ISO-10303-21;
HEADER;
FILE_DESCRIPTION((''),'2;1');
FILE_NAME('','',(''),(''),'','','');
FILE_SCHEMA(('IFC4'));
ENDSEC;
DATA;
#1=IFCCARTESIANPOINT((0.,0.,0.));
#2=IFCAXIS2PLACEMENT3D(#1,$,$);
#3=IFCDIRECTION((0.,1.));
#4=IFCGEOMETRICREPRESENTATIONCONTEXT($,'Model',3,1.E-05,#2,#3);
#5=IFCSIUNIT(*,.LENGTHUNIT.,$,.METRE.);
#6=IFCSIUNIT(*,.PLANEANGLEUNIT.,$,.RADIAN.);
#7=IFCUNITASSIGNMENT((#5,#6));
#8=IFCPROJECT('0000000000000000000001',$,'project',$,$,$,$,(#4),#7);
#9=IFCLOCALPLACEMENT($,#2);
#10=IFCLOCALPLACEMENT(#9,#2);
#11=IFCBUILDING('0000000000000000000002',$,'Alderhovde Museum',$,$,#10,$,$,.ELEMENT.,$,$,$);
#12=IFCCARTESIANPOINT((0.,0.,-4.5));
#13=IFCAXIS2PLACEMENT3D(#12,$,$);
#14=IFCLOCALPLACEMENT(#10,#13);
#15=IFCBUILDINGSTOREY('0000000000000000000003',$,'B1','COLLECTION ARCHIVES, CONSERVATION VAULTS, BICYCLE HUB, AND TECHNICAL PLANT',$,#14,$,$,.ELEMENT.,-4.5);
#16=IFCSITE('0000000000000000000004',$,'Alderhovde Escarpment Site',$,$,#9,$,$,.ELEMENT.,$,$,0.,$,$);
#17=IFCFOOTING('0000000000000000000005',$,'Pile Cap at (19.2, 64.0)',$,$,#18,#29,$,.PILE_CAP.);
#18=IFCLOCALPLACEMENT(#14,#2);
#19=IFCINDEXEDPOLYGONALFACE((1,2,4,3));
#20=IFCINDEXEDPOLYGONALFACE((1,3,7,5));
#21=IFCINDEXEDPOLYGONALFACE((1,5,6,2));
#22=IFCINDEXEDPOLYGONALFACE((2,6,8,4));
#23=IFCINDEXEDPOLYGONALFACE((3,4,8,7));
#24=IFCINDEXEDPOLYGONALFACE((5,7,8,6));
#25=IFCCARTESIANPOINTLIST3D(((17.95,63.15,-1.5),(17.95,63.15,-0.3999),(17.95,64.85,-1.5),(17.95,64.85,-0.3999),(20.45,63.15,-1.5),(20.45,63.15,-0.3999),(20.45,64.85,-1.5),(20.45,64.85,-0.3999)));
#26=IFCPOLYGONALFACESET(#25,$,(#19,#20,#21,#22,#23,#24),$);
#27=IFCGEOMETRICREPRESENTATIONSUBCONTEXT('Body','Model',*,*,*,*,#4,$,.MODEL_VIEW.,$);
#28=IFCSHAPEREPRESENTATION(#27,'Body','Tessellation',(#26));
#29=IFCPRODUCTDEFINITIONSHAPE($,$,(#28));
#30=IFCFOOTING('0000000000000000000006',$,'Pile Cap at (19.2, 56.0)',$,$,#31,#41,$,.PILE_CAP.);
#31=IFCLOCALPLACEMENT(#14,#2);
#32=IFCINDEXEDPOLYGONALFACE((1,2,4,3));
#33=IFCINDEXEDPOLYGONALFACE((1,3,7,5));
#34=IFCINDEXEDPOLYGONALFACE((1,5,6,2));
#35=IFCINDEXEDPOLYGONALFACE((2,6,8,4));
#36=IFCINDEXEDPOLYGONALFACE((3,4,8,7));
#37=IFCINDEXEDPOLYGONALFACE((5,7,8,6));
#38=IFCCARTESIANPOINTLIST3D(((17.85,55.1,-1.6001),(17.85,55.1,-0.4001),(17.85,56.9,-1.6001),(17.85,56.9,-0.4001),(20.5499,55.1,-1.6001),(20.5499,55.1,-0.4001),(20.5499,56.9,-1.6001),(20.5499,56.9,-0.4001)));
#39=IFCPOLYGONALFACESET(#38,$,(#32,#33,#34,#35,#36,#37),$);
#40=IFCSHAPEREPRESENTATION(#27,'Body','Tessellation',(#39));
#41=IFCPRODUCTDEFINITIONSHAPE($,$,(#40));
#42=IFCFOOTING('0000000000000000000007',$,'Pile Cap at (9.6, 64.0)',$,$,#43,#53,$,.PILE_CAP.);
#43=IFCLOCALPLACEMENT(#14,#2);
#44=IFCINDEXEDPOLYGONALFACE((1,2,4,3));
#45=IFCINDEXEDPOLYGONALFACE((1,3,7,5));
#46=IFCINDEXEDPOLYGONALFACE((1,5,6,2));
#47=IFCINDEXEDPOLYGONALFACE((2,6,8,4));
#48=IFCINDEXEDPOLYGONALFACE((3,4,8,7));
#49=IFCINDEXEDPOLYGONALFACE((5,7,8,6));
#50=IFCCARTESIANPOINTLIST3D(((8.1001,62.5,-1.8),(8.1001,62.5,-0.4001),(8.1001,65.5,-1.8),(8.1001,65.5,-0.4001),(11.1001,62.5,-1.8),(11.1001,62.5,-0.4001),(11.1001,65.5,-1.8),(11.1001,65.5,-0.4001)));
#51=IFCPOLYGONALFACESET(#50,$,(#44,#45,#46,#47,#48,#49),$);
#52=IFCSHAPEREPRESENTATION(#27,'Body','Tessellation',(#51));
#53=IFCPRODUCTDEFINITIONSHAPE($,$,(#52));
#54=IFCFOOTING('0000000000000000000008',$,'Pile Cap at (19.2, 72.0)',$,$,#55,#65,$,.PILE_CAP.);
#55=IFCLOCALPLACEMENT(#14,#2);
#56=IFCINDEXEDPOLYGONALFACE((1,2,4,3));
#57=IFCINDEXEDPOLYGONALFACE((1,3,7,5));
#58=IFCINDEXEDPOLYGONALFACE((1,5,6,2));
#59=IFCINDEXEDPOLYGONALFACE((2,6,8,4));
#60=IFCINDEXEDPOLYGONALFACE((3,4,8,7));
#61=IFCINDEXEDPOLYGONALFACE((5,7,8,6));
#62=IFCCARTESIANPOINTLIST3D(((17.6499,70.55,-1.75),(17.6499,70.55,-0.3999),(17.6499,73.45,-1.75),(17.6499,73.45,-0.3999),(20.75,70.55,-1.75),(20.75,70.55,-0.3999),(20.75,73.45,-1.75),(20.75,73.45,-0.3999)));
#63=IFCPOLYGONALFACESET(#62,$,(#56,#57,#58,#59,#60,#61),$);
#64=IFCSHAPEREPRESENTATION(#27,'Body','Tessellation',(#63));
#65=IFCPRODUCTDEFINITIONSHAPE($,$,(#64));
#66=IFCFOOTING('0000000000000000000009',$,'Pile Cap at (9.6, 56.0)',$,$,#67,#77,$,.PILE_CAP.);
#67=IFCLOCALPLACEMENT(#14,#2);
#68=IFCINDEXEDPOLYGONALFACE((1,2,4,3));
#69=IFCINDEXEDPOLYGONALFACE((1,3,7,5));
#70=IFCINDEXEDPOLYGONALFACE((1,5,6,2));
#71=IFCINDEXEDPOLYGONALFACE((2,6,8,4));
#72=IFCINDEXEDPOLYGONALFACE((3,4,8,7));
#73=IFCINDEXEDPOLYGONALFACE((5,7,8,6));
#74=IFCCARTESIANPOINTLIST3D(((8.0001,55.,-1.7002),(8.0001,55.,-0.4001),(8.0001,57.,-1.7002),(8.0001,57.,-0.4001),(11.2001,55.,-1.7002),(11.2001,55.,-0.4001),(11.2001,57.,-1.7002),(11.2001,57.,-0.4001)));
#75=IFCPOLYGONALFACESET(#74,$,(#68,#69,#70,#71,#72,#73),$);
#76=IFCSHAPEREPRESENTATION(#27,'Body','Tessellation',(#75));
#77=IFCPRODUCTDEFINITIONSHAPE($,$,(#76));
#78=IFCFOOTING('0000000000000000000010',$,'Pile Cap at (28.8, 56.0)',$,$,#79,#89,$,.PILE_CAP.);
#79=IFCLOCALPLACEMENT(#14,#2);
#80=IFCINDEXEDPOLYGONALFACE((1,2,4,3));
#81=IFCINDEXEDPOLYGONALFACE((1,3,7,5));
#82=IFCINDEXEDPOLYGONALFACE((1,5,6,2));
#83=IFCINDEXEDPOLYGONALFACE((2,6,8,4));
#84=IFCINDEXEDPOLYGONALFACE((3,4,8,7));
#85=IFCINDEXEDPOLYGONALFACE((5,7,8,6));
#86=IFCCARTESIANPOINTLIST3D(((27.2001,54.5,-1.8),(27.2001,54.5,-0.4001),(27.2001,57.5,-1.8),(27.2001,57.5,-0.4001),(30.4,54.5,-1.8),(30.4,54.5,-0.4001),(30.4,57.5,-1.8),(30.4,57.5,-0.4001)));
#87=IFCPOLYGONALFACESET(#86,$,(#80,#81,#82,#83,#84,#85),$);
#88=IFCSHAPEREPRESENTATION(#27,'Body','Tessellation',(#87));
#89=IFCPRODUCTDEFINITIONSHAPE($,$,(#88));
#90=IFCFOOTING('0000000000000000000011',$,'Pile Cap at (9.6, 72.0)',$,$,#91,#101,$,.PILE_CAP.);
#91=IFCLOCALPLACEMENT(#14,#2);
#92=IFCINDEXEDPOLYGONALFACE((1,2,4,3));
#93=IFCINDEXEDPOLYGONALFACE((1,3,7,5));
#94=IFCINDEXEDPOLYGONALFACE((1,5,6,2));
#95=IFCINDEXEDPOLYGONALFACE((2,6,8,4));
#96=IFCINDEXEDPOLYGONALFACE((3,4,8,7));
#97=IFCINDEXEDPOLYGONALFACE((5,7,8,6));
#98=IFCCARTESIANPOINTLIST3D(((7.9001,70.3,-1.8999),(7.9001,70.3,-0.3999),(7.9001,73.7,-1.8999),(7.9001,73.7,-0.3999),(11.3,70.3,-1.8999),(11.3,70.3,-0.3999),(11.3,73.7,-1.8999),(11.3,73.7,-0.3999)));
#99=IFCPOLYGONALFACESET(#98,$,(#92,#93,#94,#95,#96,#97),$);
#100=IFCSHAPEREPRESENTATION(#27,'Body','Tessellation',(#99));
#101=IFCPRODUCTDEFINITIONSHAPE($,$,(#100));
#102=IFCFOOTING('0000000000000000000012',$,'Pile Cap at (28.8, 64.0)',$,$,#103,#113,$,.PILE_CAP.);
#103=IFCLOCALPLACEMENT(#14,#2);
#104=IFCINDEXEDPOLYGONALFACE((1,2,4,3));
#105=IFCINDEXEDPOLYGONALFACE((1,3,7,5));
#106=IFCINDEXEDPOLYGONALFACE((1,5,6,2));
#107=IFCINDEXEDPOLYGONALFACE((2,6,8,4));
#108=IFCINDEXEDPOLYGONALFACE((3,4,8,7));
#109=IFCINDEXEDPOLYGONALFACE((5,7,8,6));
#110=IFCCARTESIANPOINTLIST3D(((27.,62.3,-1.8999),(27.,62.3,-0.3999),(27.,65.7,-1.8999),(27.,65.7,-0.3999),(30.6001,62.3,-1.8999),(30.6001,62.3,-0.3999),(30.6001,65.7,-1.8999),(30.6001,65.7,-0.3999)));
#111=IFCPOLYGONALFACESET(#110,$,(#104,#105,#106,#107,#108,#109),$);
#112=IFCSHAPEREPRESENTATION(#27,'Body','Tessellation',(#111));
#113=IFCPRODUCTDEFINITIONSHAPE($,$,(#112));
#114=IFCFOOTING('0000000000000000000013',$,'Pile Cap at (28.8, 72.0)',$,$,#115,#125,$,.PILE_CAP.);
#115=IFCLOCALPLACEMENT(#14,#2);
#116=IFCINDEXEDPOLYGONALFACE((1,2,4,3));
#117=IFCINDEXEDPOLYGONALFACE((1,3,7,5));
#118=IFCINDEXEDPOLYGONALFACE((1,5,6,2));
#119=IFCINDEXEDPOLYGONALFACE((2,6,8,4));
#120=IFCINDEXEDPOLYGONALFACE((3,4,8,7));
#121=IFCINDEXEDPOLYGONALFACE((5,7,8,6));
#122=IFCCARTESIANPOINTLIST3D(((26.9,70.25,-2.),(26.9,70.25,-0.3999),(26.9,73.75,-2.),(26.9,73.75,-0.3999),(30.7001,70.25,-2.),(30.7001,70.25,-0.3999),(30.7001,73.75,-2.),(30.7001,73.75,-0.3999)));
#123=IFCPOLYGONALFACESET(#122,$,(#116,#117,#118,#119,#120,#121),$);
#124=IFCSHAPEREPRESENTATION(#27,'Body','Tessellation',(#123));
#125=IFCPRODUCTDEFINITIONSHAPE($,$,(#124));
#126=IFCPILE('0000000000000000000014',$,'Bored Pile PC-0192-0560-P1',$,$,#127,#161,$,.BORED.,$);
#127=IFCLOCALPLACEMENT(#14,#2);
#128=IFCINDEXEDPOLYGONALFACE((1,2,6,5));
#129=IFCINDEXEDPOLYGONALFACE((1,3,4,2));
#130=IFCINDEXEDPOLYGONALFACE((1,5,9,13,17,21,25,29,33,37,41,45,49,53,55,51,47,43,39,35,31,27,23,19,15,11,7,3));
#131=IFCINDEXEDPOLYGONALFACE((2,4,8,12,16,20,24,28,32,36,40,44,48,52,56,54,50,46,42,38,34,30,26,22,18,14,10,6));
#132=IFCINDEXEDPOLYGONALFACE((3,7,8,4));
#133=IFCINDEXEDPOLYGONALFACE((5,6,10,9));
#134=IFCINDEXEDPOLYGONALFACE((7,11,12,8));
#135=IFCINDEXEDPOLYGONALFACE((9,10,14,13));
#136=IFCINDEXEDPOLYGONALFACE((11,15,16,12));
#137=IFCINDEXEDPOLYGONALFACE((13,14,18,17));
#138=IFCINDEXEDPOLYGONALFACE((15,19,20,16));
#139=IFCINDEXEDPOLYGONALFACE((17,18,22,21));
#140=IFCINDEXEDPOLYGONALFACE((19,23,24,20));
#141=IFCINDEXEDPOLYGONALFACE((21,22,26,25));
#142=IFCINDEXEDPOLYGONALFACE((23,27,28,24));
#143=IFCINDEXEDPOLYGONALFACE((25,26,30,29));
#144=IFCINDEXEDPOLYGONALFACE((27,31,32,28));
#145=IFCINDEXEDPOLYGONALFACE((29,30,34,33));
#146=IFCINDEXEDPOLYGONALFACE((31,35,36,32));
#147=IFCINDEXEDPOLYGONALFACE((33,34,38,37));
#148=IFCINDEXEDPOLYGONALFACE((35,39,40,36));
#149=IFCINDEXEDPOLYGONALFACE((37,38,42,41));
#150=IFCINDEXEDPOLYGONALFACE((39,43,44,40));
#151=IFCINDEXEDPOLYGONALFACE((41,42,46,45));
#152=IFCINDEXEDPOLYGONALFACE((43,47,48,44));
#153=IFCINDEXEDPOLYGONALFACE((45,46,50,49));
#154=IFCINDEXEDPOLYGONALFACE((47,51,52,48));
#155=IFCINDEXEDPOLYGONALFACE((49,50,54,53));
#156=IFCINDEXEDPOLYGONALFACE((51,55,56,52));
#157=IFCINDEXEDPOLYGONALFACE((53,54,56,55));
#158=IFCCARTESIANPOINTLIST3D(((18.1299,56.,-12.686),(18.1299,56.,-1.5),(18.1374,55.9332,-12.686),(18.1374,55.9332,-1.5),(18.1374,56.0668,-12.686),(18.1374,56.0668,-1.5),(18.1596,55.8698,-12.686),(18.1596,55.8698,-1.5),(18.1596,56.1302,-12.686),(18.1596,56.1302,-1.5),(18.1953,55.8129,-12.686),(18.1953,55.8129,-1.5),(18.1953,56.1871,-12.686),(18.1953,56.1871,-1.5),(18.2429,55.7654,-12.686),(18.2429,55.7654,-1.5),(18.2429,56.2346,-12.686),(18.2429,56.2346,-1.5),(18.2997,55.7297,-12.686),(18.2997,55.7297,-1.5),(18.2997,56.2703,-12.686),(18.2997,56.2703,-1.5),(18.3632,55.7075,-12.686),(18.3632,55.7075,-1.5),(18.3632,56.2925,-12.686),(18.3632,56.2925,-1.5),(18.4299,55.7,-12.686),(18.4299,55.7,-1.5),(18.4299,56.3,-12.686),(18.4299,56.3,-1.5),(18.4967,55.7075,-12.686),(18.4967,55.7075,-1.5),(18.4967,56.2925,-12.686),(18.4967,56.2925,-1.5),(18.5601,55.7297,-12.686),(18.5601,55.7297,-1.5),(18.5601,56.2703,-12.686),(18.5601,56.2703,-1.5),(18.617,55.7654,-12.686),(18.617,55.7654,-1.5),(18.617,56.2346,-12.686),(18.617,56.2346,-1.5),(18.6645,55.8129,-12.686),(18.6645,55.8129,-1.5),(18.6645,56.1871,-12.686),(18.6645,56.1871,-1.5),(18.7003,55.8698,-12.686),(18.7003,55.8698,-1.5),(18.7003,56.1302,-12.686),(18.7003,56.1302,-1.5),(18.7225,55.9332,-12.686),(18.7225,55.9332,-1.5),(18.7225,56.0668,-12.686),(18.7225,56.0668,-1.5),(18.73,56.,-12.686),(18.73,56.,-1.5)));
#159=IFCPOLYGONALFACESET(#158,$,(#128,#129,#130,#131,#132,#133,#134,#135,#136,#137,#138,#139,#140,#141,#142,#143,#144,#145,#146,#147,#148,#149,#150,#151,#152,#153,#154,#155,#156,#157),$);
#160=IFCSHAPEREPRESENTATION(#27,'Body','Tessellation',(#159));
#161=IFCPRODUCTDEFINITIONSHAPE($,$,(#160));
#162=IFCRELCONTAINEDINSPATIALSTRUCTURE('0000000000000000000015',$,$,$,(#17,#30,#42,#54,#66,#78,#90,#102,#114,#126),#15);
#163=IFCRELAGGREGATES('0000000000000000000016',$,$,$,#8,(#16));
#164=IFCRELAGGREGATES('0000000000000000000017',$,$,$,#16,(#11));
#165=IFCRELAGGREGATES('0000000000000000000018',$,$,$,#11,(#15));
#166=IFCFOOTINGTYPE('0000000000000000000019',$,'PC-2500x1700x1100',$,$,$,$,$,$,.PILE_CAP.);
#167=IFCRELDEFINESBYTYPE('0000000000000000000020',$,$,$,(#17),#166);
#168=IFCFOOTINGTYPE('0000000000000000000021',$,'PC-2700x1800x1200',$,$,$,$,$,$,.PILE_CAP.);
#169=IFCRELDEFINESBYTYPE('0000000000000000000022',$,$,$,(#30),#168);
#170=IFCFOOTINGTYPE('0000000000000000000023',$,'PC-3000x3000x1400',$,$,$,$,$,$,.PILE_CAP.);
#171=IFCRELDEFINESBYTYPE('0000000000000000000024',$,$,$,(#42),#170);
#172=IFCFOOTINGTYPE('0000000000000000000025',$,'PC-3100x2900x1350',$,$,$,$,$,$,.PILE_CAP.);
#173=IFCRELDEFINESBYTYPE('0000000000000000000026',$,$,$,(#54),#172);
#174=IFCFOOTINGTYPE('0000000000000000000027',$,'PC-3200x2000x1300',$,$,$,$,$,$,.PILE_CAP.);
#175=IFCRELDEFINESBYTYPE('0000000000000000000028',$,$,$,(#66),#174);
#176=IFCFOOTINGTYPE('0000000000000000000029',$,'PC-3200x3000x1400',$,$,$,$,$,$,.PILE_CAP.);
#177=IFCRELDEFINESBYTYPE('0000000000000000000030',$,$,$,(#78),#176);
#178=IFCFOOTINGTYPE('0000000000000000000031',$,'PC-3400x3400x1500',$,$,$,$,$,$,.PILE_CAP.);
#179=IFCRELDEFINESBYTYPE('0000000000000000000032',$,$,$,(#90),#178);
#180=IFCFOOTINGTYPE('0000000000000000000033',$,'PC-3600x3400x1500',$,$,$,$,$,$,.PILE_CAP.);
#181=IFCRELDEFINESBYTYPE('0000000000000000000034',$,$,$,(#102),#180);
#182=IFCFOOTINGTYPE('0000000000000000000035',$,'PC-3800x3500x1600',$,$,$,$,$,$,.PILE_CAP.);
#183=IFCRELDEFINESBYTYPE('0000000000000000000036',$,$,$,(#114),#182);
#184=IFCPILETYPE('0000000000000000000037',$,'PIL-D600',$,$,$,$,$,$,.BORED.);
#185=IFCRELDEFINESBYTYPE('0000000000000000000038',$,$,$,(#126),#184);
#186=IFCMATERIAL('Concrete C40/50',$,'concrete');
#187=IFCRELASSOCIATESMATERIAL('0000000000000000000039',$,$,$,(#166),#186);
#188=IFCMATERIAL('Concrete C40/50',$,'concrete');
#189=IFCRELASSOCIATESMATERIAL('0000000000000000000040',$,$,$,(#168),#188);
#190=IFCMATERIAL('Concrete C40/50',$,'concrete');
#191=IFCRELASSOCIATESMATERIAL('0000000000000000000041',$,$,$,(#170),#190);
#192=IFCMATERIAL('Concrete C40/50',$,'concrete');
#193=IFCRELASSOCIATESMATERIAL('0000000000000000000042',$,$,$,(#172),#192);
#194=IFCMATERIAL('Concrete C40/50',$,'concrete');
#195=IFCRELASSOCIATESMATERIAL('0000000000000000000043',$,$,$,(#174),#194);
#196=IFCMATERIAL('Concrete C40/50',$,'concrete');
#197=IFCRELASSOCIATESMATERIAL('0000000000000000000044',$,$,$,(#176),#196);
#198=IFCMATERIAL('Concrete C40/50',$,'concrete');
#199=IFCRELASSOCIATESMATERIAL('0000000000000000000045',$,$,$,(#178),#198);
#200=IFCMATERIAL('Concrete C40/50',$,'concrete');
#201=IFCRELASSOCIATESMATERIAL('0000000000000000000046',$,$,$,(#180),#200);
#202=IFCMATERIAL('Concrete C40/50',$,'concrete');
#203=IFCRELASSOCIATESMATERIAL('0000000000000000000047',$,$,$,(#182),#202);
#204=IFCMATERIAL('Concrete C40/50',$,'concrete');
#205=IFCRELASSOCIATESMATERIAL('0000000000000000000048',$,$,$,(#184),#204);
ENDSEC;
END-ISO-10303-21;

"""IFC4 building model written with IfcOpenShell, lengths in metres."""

from ifc_helpers import new_model, si_unit, direction, frame, origin, origin_2d, place, context, subcontext, project, spatial, rectangle, circle, extrude, material, material_profile, profile_set, type_object, element, save


model = new_model("IFC4")

# Units and contexts
model_context = context("Model", 3, precision=1e-05, world=origin(), true_north=direction((0.0, 1.0)))
body_context = subcontext(model_context, "Body", "Model", "MODEL_VIEW")
ifc_project = project(units=[si_unit("LENGTHUNIT", "METRE"), si_unit("PLANEANGLEUNIT", "RADIAN")], contexts=[model_context])

# Site, building, storey
site_placement = place(None, origin())
site = spatial("IfcSite", under=ifc_project, at=site_placement, Name="Alderhovde Escarpment Site", CompositionType="ELEMENT", RefElevation=0.0)
building_placement = place(site_placement, origin())
building = spatial("IfcBuilding", under=site, at=building_placement, Name="Alderhovde Museum", CompositionType="ELEMENT")
storey_placement = place(building_placement, frame((0.0, 0.0, -4.5)))
storey = spatial("IfcBuildingStorey", under=building, at=storey_placement, Name="B1", Description="COLLECTION ARCHIVES, CONSERVATION VAULTS, BICYCLE HUB, AND TECHNICAL PLANT", CompositionType="ELEMENT", Elevation=-4.5)

# Footings
ifc_material_1 = material(Name="Concrete C40/50", Category="concrete")
footing_type_1 = type_object("IfcFootingType", Name="PC-2500x1700x1100", PredefinedType="PILE_CAP", material=ifc_material_1)
footing_1_placement = place(storey_placement, frame((19.2, 64.0, -1.5), z_axis=(0.0, 0.0, 1.0), x_axis=(1.0, 0.0, 0.0)))
element("IfcFooting", 1, at=footing_1_placement, inside=storey, type_object=footing_type_1, Name="Pile Cap at (19.2, 64.0)", PredefinedType="PILE_CAP", context=body_context, shape_type="SweptSolid", body=[
    extrude(rectangle(XDim=2.5, YDim=1.7, at=origin_2d()), origin(), (0.0, 0.0, 1.0), 1.1001),
])
ifc_material_2 = material(Name="Concrete C40/50", Category="concrete")
footing_type_2 = type_object("IfcFootingType", Name="PC-2700x1800x1200", PredefinedType="PILE_CAP", material=ifc_material_2)
footing_2_placement = place(storey_placement, frame((19.2, 56.0, -1.6001), z_axis=(0.0, 0.0, 1.0), x_axis=(1.0, 0.0, 0.0)))
element("IfcFooting", 2, at=footing_2_placement, inside=storey, type_object=footing_type_2, Name="Pile Cap at (19.2, 56.0)", PredefinedType="PILE_CAP", context=body_context, shape_type="SweptSolid", body=[
    extrude(rectangle(XDim=2.7, YDim=1.8, at=origin_2d()), origin(), (0.0, 0.0, 1.0), 1.2),
])
ifc_material_3 = material(Name="Concrete C40/50", Category="concrete")
footing_type_3 = type_object("IfcFootingType", Name="PC-3000x3000x1400", PredefinedType="PILE_CAP", material=ifc_material_3)
footing_3_placement = place(storey_placement, frame((9.6001, 64.0, -1.8), z_axis=(0.0, 0.0, 1.0), x_axis=(1.0, 0.0, 0.0)))
element("IfcFooting", 3, at=footing_3_placement, inside=storey, type_object=footing_type_3, Name="Pile Cap at (9.6, 64.0)", PredefinedType="PILE_CAP", context=body_context, shape_type="SweptSolid", body=[
    extrude(rectangle(XDim=3.0, YDim=3.0, at=origin_2d()), origin(), (0.0, 0.0, 1.0), 1.3999),
])
ifc_material_4 = material(Name="Concrete C40/50", Category="concrete")
footing_type_4 = type_object("IfcFootingType", Name="PC-3100x2900x1350", PredefinedType="PILE_CAP", material=ifc_material_4)
footing_4_placement = place(storey_placement, frame((19.2, 72.0, -1.75), z_axis=(0.0, 0.0, 1.0), x_axis=(1.0, 0.0, 0.0)))
element("IfcFooting", 4, at=footing_4_placement, inside=storey, type_object=footing_type_4, Name="Pile Cap at (19.2, 72.0)", PredefinedType="PILE_CAP", context=body_context, shape_type="SweptSolid", body=[
    extrude(rectangle(XDim=3.1001, YDim=2.8999, at=origin_2d()), origin(), (0.0, 0.0, 1.0), 1.3501),
])
ifc_material_5 = material(Name="Concrete C40/50", Category="concrete")
footing_type_5 = type_object("IfcFootingType", Name="PC-3200x2000x1300", PredefinedType="PILE_CAP", material=ifc_material_5)
footing_5_placement = place(storey_placement, frame((9.6001, 56.0, -1.7002), z_axis=(0.0, 0.0, 1.0), x_axis=(1.0, 0.0, 0.0)))
element("IfcFooting", 5, at=footing_5_placement, inside=storey, type_object=footing_type_5, Name="Pile Cap at (9.6, 56.0)", PredefinedType="PILE_CAP", context=body_context, shape_type="SweptSolid", body=[
    extrude(rectangle(XDim=3.2, YDim=2.0, at=origin_2d()), origin(), (0.0, 0.0, 1.0), 1.3),
])
ifc_material_6 = material(Name="Concrete C40/50", Category="concrete")
footing_type_6 = type_object("IfcFootingType", Name="PC-3200x3000x1400", PredefinedType="PILE_CAP", material=ifc_material_6)
footing_6_placement = place(storey_placement, frame((28.8, 56.0, -1.8), z_axis=(0.0, 0.0, 1.0), x_axis=(1.0, 0.0, 0.0)))
element("IfcFooting", 6, at=footing_6_placement, inside=storey, type_object=footing_type_6, Name="Pile Cap at (28.8, 56.0)", PredefinedType="PILE_CAP", context=body_context, shape_type="SweptSolid", body=[
    extrude(rectangle(XDim=3.2, YDim=3.0, at=origin_2d()), origin(), (0.0, 0.0, 1.0), 1.3999),
])
ifc_material_7 = material(Name="Concrete C40/50", Category="concrete")
footing_type_7 = type_object("IfcFootingType", Name="PC-3400x3400x1500", PredefinedType="PILE_CAP", material=ifc_material_7)
footing_7_placement = place(storey_placement, frame((9.6001, 72.0, -1.8999), z_axis=(0.0, 0.0, 1.0), x_axis=(1.0, 0.0, 0.0)))
element("IfcFooting", 7, at=footing_7_placement, inside=storey, type_object=footing_type_7, Name="Pile Cap at (9.6, 72.0)", PredefinedType="PILE_CAP", context=body_context, shape_type="SweptSolid", body=[
    extrude(rectangle(XDim=3.3999, YDim=3.3999, at=origin_2d()), origin(), (0.0, 0.0, 1.0), 1.5),
])
ifc_material_8 = material(Name="Concrete C40/50", Category="concrete")
footing_type_8 = type_object("IfcFootingType", Name="PC-3600x3400x1500", PredefinedType="PILE_CAP", material=ifc_material_8)
footing_8_placement = place(storey_placement, frame((28.8, 64.0, -1.8999), z_axis=(0.0, 0.0, 1.0), x_axis=(1.0, 0.0, 0.0)))
element("IfcFooting", 8, at=footing_8_placement, inside=storey, type_object=footing_type_8, Name="Pile Cap at (28.8, 64.0)", PredefinedType="PILE_CAP", context=body_context, shape_type="SweptSolid", body=[
    extrude(rectangle(XDim=3.6001, YDim=3.3999, at=origin_2d()), origin(), (0.0, 0.0, 1.0), 1.5),
])
ifc_material_9 = material(Name="Concrete C40/50", Category="concrete")
footing_type_9 = type_object("IfcFootingType", Name="PC-3800x3500x1600", PredefinedType="PILE_CAP", material=ifc_material_9)
footing_9_placement = place(storey_placement, frame((28.8, 72.0, -2.0), z_axis=(0.0, 0.0, 1.0), x_axis=(1.0, 0.0, 0.0)))
element("IfcFooting", 9, at=footing_9_placement, inside=storey, type_object=footing_type_9, Name="Pile Cap at (28.8, 72.0)", PredefinedType="PILE_CAP", context=body_context, shape_type="SweptSolid", body=[
    extrude(rectangle(XDim=3.8, YDim=3.5, at=origin_2d()), origin(), (0.0, 0.0, 1.0), 1.6001),
])

# Pile
ifc_material_10 = material(Name="Concrete C40/50", Category="concrete")
ifc_material_profile_1 = material_profile(ifc_material_10, circle(Radius=0.3, at=origin_2d()), Name="PILE-D600")
ifc_profile_set_1 = profile_set([ifc_material_profile_1], Name="Concrete C40/50")
pile_type_1 = type_object("IfcPileType", Name="PIL-D600", PredefinedType="BORED", material=ifc_profile_set_1)
for number, where, z_axis, x_axis, name in (
    (10, (18.4299, 56.0, -1.5), (0.0, 0.0, -1.0), (1.0, 0.0, 0.0), "Bored Pile PC-0192-0560-P1"),
):
    element("IfcPile", number, at=place(storey_placement, frame(where, z_axis=z_axis, x_axis=x_axis)), inside=storey, type_object=pile_type_1, Name=name, PredefinedType="BORED", context=body_context, shape_type="SweptSolid", body=[
        extrude(circle(Radius=0.3, at=origin_2d()), origin(), (0.0, 0.0, 1.0), 11.186),
    ])

save(model, "model.ifc")
